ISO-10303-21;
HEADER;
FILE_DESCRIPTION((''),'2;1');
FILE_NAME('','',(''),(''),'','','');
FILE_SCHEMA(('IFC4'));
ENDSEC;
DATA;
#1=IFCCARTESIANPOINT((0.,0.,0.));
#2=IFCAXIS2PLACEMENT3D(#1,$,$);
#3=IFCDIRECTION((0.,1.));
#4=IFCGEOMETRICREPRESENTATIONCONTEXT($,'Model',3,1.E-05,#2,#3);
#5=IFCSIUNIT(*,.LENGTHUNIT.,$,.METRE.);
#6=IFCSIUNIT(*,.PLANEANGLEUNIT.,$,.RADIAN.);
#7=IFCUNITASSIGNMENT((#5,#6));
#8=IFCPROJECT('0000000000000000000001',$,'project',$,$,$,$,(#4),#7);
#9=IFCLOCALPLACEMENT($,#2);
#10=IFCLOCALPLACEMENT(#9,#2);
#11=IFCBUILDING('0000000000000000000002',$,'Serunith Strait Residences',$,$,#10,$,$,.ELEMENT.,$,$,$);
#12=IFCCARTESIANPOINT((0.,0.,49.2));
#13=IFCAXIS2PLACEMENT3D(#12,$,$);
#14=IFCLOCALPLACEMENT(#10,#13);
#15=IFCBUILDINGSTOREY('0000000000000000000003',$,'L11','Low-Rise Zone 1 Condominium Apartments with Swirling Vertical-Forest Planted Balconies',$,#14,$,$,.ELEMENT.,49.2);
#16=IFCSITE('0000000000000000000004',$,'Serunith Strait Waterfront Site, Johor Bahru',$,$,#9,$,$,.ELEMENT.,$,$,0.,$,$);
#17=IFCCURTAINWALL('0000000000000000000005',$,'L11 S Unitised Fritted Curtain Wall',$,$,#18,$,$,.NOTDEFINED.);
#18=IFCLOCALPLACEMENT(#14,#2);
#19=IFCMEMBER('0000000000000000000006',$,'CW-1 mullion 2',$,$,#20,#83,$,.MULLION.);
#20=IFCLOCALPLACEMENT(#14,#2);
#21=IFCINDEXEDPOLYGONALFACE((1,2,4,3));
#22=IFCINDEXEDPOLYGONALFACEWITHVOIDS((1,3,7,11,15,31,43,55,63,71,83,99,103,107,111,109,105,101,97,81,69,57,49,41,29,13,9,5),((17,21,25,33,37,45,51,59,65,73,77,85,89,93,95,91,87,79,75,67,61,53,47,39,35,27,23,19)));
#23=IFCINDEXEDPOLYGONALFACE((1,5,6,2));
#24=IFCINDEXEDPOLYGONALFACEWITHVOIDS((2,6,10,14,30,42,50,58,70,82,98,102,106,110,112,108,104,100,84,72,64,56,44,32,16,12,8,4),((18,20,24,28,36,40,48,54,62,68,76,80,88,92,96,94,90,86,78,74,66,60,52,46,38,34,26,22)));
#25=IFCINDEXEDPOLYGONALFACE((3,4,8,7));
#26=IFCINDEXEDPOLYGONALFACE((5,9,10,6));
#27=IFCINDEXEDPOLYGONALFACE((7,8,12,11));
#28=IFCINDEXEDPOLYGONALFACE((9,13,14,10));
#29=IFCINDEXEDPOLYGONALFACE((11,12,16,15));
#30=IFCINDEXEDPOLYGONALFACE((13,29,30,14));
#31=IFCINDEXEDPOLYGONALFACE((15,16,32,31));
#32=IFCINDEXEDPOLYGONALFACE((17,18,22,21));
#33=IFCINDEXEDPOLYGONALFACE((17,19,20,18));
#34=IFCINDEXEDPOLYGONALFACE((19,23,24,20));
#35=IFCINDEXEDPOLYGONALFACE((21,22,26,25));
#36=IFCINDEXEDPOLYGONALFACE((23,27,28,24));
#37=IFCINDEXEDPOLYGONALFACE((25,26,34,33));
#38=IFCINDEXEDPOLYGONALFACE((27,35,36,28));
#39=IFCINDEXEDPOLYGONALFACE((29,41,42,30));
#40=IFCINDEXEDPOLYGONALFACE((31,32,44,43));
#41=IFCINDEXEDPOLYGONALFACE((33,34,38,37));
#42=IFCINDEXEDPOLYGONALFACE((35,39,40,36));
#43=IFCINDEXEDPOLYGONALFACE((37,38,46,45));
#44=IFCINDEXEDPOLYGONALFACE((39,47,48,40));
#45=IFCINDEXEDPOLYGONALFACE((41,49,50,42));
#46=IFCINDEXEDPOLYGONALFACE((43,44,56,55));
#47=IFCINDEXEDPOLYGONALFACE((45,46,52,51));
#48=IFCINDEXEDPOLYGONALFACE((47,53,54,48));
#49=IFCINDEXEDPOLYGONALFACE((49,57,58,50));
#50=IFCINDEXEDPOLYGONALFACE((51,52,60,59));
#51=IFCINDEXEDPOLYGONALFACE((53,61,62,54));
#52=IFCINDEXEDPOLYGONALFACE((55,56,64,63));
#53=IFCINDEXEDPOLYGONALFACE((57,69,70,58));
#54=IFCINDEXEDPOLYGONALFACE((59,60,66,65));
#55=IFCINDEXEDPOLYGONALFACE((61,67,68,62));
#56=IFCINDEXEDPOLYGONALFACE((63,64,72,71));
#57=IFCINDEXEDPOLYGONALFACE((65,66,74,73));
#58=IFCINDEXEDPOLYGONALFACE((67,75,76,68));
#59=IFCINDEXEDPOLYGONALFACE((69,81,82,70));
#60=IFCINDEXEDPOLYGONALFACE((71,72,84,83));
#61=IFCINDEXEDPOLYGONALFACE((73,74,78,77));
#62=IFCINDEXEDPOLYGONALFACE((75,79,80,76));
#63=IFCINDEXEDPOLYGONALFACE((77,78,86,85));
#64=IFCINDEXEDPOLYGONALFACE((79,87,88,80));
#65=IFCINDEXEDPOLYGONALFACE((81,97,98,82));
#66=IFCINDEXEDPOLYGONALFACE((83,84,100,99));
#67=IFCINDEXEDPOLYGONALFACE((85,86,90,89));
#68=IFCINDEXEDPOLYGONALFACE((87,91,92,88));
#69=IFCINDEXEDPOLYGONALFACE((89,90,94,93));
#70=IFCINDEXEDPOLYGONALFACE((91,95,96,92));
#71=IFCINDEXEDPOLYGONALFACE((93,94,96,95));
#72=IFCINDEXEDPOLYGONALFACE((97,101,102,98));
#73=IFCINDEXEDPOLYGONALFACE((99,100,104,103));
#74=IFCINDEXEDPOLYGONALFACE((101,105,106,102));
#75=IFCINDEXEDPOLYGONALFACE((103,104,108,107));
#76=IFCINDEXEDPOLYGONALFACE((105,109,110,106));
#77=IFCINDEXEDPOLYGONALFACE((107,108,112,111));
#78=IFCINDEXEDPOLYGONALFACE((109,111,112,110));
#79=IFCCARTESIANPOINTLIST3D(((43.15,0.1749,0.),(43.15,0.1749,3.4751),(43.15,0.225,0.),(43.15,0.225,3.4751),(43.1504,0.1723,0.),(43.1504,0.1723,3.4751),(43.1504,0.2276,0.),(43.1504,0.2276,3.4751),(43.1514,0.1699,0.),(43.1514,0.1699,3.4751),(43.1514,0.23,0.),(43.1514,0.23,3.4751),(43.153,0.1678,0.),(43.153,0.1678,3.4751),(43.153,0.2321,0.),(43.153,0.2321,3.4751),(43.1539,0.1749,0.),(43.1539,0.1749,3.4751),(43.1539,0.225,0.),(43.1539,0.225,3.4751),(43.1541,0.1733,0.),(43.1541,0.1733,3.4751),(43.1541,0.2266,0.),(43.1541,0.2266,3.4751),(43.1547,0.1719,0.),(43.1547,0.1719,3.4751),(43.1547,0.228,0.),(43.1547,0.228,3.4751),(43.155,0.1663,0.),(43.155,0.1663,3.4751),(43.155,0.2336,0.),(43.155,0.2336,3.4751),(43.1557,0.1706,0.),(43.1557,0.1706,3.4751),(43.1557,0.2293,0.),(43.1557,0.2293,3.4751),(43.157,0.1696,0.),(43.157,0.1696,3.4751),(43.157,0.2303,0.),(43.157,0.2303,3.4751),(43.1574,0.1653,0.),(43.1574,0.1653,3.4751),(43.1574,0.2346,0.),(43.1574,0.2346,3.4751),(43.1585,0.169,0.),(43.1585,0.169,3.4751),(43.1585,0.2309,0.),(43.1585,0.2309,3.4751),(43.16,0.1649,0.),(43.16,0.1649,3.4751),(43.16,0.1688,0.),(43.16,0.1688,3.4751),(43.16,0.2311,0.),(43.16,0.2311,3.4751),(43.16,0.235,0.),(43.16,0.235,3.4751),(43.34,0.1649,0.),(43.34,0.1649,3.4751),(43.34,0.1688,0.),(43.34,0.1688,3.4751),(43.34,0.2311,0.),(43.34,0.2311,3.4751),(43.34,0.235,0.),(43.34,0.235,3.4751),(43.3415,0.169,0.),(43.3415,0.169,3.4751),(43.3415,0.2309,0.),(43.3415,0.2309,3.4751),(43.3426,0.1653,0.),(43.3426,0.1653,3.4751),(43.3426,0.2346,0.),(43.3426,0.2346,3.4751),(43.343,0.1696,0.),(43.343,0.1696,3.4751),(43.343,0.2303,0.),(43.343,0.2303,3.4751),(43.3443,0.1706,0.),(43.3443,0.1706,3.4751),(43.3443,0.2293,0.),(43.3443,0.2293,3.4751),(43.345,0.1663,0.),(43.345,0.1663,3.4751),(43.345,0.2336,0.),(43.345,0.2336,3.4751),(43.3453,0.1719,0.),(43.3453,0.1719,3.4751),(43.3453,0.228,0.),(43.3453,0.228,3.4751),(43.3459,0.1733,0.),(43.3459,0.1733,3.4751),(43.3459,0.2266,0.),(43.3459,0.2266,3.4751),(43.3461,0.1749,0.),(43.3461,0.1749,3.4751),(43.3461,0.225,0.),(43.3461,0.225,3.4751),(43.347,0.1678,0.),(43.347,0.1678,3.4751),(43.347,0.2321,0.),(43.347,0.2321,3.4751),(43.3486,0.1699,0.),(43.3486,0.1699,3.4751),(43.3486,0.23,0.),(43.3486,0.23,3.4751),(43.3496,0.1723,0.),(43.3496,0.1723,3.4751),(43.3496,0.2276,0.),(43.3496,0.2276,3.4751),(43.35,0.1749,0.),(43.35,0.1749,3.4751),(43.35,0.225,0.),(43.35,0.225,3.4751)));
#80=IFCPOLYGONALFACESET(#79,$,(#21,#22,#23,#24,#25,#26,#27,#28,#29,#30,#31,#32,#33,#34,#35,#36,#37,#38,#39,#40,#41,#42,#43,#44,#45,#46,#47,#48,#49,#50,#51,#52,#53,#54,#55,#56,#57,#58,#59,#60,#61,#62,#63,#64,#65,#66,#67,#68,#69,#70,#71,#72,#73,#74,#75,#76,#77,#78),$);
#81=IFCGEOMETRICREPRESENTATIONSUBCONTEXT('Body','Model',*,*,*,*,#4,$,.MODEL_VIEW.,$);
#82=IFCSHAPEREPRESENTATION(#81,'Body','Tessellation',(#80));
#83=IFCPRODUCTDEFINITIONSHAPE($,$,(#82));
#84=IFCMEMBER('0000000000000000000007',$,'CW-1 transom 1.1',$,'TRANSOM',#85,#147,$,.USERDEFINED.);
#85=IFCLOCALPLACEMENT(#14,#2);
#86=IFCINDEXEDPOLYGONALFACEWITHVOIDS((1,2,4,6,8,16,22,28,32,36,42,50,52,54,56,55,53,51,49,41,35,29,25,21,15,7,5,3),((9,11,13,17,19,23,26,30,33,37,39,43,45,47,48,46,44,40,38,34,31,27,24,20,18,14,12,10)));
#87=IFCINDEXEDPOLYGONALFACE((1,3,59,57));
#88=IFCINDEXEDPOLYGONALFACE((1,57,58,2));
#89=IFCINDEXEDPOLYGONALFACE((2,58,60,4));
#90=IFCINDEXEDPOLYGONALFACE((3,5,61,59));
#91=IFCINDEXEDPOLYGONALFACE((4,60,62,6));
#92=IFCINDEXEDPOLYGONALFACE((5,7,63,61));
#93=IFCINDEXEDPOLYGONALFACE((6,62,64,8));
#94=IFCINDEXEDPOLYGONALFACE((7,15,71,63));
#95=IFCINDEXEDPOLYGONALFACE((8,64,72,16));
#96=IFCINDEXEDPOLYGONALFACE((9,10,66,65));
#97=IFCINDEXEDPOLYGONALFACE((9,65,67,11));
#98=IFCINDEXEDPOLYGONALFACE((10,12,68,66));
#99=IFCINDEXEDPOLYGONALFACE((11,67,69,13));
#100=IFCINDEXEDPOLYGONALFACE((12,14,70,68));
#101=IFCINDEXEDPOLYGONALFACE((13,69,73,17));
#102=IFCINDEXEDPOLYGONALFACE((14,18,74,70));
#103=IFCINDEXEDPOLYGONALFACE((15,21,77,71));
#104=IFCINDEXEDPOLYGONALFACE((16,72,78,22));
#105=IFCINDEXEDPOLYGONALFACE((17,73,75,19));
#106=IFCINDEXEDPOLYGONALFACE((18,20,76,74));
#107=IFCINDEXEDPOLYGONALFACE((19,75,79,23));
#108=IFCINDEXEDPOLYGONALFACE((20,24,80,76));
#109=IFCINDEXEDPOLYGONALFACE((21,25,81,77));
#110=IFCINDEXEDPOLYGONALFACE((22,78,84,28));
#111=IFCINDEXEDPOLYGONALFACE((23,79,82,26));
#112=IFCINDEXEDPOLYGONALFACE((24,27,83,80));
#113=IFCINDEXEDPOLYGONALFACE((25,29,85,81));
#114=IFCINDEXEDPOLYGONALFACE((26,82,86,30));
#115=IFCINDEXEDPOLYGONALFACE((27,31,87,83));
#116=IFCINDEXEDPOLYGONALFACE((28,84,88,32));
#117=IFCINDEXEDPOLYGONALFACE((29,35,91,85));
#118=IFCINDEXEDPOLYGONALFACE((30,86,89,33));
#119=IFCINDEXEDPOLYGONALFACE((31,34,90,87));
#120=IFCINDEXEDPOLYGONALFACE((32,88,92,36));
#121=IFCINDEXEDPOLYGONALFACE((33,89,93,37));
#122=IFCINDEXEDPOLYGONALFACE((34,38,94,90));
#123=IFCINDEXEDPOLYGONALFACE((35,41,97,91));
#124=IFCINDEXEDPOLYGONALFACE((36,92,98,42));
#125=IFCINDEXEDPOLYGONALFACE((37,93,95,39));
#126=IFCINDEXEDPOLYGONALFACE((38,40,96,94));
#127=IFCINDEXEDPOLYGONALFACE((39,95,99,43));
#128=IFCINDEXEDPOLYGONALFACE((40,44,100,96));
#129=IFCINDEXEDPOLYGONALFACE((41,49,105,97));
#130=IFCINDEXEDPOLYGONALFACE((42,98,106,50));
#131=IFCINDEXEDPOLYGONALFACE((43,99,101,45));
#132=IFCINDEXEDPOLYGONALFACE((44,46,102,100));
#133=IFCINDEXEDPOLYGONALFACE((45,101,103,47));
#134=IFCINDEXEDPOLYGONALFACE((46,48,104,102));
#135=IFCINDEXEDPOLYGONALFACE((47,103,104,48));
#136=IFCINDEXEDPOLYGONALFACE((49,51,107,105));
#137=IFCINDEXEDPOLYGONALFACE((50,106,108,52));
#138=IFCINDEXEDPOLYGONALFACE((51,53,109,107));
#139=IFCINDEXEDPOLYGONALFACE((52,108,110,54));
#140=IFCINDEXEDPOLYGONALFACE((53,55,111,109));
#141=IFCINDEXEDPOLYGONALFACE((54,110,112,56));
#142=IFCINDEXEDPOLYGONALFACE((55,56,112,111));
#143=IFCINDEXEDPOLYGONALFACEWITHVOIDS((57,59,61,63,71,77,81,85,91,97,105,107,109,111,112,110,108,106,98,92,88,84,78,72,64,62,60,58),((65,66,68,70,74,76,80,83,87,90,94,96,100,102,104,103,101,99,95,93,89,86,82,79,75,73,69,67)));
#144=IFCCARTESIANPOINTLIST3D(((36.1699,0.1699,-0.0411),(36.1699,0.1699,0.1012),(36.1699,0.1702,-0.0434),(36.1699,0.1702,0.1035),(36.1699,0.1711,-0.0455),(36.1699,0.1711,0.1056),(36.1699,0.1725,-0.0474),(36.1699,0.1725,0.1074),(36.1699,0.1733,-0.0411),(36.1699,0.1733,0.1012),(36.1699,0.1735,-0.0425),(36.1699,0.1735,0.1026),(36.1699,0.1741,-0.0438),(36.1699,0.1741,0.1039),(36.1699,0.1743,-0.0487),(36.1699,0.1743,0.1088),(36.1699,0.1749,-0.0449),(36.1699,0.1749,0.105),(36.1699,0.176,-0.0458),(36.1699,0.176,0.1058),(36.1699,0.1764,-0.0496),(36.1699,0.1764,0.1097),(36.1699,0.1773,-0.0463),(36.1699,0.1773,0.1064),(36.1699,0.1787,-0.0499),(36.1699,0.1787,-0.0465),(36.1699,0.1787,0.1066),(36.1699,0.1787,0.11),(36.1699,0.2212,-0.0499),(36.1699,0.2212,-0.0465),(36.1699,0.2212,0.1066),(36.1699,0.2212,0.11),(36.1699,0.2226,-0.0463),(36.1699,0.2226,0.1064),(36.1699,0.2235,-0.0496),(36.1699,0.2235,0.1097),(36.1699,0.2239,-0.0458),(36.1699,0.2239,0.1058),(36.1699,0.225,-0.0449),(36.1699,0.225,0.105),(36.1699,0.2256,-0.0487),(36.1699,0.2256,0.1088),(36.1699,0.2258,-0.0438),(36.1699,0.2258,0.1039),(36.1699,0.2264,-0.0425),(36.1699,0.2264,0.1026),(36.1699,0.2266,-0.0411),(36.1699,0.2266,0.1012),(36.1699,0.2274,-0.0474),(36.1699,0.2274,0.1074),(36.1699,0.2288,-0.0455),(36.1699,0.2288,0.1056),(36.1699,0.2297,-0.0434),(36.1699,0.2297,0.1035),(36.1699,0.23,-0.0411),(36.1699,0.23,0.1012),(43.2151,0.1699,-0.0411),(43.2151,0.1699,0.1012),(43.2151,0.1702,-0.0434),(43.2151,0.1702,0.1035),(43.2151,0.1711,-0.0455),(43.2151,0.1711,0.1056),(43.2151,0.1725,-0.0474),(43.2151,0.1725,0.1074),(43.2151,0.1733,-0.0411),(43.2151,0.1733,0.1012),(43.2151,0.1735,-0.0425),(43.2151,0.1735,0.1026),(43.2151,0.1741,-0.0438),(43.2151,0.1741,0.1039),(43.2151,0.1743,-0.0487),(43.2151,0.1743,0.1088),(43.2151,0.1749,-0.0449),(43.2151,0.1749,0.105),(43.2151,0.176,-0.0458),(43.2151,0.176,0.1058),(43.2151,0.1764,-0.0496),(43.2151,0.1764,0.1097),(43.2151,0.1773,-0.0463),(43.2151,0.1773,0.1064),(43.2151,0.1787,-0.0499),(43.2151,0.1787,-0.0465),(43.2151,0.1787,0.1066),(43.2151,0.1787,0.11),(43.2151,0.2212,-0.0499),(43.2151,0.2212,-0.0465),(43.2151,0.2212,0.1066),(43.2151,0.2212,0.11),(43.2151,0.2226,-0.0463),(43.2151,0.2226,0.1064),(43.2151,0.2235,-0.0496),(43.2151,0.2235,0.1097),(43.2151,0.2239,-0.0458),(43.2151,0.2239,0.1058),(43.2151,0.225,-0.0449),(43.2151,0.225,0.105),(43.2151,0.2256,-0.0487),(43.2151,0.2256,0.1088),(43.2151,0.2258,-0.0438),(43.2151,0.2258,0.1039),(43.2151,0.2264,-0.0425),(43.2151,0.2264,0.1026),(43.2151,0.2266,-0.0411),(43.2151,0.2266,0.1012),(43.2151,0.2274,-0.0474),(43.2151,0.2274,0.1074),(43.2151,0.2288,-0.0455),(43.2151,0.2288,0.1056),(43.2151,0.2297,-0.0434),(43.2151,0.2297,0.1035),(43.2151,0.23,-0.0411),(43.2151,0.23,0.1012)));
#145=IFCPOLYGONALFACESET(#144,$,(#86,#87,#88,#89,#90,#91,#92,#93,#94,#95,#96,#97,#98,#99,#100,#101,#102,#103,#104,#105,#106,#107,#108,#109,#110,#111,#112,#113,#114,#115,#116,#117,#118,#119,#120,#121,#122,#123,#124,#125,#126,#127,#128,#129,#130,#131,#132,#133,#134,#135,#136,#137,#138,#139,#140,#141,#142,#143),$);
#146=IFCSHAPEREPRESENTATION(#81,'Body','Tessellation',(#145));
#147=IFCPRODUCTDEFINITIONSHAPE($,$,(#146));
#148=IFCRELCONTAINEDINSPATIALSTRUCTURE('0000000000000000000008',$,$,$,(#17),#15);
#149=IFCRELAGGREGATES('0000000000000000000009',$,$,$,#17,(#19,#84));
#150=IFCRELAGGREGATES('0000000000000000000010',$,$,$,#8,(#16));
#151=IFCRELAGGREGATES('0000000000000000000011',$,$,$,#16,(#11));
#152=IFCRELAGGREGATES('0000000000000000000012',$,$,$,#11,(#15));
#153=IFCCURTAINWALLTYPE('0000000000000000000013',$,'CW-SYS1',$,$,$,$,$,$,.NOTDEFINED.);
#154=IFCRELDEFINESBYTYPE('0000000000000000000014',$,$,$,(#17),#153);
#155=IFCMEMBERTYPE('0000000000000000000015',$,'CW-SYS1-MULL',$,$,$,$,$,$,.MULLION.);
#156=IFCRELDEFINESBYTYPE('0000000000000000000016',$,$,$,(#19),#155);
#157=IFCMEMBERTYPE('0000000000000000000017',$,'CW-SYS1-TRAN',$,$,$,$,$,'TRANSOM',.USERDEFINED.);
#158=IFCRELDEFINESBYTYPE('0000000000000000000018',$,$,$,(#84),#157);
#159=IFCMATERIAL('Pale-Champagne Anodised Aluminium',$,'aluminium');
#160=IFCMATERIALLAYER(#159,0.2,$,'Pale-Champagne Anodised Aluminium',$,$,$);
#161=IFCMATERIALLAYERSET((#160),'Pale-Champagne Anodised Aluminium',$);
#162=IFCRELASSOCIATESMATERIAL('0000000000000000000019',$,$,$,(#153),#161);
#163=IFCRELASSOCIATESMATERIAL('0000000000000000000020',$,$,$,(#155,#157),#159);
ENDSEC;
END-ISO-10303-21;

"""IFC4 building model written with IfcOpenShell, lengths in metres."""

from ifc_helpers import new_model, si_unit, direction, frame, origin, origin_2d, place, context, subcontext, project, spatial, hollow_rectangle, extrude, source, transform, mapped, material, layer, layer_set, material_profile, profile_set, type_object, element, aggregate, save


model = new_model("IFC4")

# Units and contexts
model_context = context("Model", 3, precision=1e-05, world=origin(), true_north=direction((0.0, 1.0)))
body_context = subcontext(model_context, "Body", "Model", "MODEL_VIEW")
ifc_project = project(units=[si_unit("LENGTHUNIT", "METRE"), si_unit("PLANEANGLEUNIT", "RADIAN")], contexts=[model_context])

# Site, building, storey
site_placement = place(None, origin())
site = spatial("IfcSite", under=ifc_project, at=site_placement, Name="Serunith Strait Waterfront Site, Johor Bahru", CompositionType="ELEMENT", RefElevation=0.0)
building_placement = place(site_placement, origin())
building = spatial("IfcBuilding", under=site, at=building_placement, Name="Serunith Strait Residences", CompositionType="ELEMENT")
storey_placement = place(building_placement, frame((0.0, 0.0, 49.2)))
storey = spatial("IfcBuildingStorey", under=building, at=storey_placement, Name="L11", Description="Low-Rise Zone 1 Condominium Apartments with Swirling Vertical-Forest Planted Balconies", CompositionType="ELEMENT", Elevation=49.2)

# Shared definitions
ifc_material_1 = material(Name="Pale-Champagne Anodised Aluminium", Category="aluminium")
ifc_layer_1 = layer(ifc_material_1, 0.2, Name="Pale-Champagne Anodised Aluminium")
ifc_layer_set_1 = layer_set([ifc_layer_1], Name="Pale-Champagne Anodised Aluminium")
curtain_wall_type = type_object("IfcCurtainWallType", Name="CW-SYS1", PredefinedType="NOTDEFINED", material=ifc_layer_set_1)
ifc_material_profile_1 = material_profile(ifc_material_1, hollow_rectangle(XDim=0.0701, YDim=0.2, WallThickness=0.0039, InnerFilletRadius=0.0061, OuterFilletRadius=0.01, at=origin_2d()), Name="ALU 200x70x4")
ifc_profile_set_1 = profile_set([ifc_material_profile_1], Name="Pale-Champagne Anodised Aluminium")
member_type_1 = type_object("IfcMemberType", Name="CW-SYS1-MULL", PredefinedType="MULLION", material=ifc_profile_set_1)
shared_shape_1 = source(origin(), body_context, "Body", "SweptSolid", [
    extrude(hollow_rectangle(XDim=0.0701, YDim=0.2, WallThickness=0.0039, InnerFilletRadius=0.0061, OuterFilletRadius=0.01, at=origin_2d()), origin(), (0.0, 0.0, 1.0), 3.4751),
])

# Curtain wall, members
curtain_wall_1_placement = place(storey_placement, origin())
curtain_wall_1 = element("IfcCurtainWall", 1, at=curtain_wall_1_placement, inside=storey, type_object=curtain_wall_type, Name="L11 S Unitised Fritted Curtain Wall", PredefinedType="NOTDEFINED")
member_1_placement = place(storey_placement, frame((43.25, 0.2, 0.0), z_axis=(0.0, 0.0, 1.0), x_axis=(0.0, 1.0, 0.0)))
member_1 = element("IfcMember", 2, at=member_1_placement, type_object=member_type_1, Name="CW-1 mullion 2", PredefinedType="MULLION", context=body_context, shape_type="MappedRepresentation", body=[
    mapped(shared_shape_1, transform((0.0, 0.0, 0.0), scale=1.0)),
])
ifc_material_profile_2 = material_profile(ifc_material_1, hollow_rectangle(XDim=0.0601, YDim=0.1599, WallThickness=0.0034, InnerFilletRadius=0.0054, OuterFilletRadius=0.0088, at=origin_2d()), Name="ALU 160x60x3.5")
ifc_profile_set_2 = profile_set([ifc_material_profile_2], Name="Pale-Champagne Anodised Aluminium")
member_type_2 = type_object("IfcMemberType", Name="CW-SYS1-TRAN", ElementType="TRANSOM", PredefinedType="USERDEFINED", material=ifc_profile_set_2)
shared_shape_2 = source(origin(), body_context, "Body", "SweptSolid", [
    extrude(hollow_rectangle(XDim=0.0601, YDim=0.1599, WallThickness=0.0034, InnerFilletRadius=0.0054, OuterFilletRadius=0.0088, at=origin_2d()), origin(), (0.0, 0.0, 1.0), 7.0452),
])
member_2_placement = place(storey_placement, frame((36.1699, 0.2, 0.03), z_axis=(1.0, 0.0, 0.0), x_axis=(0.0, 1.0, 0.0)))
member_2 = element("IfcMember", 3, at=member_2_placement, type_object=member_type_2, Name="CW-1 transom 1.1", ObjectType="TRANSOM", PredefinedType="USERDEFINED", context=body_context, shape_type="MappedRepresentation", body=[
    mapped(shared_shape_2, transform((0.0, 0.0, 0.0), scale=1.0)),
])
aggregate(curtain_wall_1, [member_1, member_2])

save(model, "model.ifc")
